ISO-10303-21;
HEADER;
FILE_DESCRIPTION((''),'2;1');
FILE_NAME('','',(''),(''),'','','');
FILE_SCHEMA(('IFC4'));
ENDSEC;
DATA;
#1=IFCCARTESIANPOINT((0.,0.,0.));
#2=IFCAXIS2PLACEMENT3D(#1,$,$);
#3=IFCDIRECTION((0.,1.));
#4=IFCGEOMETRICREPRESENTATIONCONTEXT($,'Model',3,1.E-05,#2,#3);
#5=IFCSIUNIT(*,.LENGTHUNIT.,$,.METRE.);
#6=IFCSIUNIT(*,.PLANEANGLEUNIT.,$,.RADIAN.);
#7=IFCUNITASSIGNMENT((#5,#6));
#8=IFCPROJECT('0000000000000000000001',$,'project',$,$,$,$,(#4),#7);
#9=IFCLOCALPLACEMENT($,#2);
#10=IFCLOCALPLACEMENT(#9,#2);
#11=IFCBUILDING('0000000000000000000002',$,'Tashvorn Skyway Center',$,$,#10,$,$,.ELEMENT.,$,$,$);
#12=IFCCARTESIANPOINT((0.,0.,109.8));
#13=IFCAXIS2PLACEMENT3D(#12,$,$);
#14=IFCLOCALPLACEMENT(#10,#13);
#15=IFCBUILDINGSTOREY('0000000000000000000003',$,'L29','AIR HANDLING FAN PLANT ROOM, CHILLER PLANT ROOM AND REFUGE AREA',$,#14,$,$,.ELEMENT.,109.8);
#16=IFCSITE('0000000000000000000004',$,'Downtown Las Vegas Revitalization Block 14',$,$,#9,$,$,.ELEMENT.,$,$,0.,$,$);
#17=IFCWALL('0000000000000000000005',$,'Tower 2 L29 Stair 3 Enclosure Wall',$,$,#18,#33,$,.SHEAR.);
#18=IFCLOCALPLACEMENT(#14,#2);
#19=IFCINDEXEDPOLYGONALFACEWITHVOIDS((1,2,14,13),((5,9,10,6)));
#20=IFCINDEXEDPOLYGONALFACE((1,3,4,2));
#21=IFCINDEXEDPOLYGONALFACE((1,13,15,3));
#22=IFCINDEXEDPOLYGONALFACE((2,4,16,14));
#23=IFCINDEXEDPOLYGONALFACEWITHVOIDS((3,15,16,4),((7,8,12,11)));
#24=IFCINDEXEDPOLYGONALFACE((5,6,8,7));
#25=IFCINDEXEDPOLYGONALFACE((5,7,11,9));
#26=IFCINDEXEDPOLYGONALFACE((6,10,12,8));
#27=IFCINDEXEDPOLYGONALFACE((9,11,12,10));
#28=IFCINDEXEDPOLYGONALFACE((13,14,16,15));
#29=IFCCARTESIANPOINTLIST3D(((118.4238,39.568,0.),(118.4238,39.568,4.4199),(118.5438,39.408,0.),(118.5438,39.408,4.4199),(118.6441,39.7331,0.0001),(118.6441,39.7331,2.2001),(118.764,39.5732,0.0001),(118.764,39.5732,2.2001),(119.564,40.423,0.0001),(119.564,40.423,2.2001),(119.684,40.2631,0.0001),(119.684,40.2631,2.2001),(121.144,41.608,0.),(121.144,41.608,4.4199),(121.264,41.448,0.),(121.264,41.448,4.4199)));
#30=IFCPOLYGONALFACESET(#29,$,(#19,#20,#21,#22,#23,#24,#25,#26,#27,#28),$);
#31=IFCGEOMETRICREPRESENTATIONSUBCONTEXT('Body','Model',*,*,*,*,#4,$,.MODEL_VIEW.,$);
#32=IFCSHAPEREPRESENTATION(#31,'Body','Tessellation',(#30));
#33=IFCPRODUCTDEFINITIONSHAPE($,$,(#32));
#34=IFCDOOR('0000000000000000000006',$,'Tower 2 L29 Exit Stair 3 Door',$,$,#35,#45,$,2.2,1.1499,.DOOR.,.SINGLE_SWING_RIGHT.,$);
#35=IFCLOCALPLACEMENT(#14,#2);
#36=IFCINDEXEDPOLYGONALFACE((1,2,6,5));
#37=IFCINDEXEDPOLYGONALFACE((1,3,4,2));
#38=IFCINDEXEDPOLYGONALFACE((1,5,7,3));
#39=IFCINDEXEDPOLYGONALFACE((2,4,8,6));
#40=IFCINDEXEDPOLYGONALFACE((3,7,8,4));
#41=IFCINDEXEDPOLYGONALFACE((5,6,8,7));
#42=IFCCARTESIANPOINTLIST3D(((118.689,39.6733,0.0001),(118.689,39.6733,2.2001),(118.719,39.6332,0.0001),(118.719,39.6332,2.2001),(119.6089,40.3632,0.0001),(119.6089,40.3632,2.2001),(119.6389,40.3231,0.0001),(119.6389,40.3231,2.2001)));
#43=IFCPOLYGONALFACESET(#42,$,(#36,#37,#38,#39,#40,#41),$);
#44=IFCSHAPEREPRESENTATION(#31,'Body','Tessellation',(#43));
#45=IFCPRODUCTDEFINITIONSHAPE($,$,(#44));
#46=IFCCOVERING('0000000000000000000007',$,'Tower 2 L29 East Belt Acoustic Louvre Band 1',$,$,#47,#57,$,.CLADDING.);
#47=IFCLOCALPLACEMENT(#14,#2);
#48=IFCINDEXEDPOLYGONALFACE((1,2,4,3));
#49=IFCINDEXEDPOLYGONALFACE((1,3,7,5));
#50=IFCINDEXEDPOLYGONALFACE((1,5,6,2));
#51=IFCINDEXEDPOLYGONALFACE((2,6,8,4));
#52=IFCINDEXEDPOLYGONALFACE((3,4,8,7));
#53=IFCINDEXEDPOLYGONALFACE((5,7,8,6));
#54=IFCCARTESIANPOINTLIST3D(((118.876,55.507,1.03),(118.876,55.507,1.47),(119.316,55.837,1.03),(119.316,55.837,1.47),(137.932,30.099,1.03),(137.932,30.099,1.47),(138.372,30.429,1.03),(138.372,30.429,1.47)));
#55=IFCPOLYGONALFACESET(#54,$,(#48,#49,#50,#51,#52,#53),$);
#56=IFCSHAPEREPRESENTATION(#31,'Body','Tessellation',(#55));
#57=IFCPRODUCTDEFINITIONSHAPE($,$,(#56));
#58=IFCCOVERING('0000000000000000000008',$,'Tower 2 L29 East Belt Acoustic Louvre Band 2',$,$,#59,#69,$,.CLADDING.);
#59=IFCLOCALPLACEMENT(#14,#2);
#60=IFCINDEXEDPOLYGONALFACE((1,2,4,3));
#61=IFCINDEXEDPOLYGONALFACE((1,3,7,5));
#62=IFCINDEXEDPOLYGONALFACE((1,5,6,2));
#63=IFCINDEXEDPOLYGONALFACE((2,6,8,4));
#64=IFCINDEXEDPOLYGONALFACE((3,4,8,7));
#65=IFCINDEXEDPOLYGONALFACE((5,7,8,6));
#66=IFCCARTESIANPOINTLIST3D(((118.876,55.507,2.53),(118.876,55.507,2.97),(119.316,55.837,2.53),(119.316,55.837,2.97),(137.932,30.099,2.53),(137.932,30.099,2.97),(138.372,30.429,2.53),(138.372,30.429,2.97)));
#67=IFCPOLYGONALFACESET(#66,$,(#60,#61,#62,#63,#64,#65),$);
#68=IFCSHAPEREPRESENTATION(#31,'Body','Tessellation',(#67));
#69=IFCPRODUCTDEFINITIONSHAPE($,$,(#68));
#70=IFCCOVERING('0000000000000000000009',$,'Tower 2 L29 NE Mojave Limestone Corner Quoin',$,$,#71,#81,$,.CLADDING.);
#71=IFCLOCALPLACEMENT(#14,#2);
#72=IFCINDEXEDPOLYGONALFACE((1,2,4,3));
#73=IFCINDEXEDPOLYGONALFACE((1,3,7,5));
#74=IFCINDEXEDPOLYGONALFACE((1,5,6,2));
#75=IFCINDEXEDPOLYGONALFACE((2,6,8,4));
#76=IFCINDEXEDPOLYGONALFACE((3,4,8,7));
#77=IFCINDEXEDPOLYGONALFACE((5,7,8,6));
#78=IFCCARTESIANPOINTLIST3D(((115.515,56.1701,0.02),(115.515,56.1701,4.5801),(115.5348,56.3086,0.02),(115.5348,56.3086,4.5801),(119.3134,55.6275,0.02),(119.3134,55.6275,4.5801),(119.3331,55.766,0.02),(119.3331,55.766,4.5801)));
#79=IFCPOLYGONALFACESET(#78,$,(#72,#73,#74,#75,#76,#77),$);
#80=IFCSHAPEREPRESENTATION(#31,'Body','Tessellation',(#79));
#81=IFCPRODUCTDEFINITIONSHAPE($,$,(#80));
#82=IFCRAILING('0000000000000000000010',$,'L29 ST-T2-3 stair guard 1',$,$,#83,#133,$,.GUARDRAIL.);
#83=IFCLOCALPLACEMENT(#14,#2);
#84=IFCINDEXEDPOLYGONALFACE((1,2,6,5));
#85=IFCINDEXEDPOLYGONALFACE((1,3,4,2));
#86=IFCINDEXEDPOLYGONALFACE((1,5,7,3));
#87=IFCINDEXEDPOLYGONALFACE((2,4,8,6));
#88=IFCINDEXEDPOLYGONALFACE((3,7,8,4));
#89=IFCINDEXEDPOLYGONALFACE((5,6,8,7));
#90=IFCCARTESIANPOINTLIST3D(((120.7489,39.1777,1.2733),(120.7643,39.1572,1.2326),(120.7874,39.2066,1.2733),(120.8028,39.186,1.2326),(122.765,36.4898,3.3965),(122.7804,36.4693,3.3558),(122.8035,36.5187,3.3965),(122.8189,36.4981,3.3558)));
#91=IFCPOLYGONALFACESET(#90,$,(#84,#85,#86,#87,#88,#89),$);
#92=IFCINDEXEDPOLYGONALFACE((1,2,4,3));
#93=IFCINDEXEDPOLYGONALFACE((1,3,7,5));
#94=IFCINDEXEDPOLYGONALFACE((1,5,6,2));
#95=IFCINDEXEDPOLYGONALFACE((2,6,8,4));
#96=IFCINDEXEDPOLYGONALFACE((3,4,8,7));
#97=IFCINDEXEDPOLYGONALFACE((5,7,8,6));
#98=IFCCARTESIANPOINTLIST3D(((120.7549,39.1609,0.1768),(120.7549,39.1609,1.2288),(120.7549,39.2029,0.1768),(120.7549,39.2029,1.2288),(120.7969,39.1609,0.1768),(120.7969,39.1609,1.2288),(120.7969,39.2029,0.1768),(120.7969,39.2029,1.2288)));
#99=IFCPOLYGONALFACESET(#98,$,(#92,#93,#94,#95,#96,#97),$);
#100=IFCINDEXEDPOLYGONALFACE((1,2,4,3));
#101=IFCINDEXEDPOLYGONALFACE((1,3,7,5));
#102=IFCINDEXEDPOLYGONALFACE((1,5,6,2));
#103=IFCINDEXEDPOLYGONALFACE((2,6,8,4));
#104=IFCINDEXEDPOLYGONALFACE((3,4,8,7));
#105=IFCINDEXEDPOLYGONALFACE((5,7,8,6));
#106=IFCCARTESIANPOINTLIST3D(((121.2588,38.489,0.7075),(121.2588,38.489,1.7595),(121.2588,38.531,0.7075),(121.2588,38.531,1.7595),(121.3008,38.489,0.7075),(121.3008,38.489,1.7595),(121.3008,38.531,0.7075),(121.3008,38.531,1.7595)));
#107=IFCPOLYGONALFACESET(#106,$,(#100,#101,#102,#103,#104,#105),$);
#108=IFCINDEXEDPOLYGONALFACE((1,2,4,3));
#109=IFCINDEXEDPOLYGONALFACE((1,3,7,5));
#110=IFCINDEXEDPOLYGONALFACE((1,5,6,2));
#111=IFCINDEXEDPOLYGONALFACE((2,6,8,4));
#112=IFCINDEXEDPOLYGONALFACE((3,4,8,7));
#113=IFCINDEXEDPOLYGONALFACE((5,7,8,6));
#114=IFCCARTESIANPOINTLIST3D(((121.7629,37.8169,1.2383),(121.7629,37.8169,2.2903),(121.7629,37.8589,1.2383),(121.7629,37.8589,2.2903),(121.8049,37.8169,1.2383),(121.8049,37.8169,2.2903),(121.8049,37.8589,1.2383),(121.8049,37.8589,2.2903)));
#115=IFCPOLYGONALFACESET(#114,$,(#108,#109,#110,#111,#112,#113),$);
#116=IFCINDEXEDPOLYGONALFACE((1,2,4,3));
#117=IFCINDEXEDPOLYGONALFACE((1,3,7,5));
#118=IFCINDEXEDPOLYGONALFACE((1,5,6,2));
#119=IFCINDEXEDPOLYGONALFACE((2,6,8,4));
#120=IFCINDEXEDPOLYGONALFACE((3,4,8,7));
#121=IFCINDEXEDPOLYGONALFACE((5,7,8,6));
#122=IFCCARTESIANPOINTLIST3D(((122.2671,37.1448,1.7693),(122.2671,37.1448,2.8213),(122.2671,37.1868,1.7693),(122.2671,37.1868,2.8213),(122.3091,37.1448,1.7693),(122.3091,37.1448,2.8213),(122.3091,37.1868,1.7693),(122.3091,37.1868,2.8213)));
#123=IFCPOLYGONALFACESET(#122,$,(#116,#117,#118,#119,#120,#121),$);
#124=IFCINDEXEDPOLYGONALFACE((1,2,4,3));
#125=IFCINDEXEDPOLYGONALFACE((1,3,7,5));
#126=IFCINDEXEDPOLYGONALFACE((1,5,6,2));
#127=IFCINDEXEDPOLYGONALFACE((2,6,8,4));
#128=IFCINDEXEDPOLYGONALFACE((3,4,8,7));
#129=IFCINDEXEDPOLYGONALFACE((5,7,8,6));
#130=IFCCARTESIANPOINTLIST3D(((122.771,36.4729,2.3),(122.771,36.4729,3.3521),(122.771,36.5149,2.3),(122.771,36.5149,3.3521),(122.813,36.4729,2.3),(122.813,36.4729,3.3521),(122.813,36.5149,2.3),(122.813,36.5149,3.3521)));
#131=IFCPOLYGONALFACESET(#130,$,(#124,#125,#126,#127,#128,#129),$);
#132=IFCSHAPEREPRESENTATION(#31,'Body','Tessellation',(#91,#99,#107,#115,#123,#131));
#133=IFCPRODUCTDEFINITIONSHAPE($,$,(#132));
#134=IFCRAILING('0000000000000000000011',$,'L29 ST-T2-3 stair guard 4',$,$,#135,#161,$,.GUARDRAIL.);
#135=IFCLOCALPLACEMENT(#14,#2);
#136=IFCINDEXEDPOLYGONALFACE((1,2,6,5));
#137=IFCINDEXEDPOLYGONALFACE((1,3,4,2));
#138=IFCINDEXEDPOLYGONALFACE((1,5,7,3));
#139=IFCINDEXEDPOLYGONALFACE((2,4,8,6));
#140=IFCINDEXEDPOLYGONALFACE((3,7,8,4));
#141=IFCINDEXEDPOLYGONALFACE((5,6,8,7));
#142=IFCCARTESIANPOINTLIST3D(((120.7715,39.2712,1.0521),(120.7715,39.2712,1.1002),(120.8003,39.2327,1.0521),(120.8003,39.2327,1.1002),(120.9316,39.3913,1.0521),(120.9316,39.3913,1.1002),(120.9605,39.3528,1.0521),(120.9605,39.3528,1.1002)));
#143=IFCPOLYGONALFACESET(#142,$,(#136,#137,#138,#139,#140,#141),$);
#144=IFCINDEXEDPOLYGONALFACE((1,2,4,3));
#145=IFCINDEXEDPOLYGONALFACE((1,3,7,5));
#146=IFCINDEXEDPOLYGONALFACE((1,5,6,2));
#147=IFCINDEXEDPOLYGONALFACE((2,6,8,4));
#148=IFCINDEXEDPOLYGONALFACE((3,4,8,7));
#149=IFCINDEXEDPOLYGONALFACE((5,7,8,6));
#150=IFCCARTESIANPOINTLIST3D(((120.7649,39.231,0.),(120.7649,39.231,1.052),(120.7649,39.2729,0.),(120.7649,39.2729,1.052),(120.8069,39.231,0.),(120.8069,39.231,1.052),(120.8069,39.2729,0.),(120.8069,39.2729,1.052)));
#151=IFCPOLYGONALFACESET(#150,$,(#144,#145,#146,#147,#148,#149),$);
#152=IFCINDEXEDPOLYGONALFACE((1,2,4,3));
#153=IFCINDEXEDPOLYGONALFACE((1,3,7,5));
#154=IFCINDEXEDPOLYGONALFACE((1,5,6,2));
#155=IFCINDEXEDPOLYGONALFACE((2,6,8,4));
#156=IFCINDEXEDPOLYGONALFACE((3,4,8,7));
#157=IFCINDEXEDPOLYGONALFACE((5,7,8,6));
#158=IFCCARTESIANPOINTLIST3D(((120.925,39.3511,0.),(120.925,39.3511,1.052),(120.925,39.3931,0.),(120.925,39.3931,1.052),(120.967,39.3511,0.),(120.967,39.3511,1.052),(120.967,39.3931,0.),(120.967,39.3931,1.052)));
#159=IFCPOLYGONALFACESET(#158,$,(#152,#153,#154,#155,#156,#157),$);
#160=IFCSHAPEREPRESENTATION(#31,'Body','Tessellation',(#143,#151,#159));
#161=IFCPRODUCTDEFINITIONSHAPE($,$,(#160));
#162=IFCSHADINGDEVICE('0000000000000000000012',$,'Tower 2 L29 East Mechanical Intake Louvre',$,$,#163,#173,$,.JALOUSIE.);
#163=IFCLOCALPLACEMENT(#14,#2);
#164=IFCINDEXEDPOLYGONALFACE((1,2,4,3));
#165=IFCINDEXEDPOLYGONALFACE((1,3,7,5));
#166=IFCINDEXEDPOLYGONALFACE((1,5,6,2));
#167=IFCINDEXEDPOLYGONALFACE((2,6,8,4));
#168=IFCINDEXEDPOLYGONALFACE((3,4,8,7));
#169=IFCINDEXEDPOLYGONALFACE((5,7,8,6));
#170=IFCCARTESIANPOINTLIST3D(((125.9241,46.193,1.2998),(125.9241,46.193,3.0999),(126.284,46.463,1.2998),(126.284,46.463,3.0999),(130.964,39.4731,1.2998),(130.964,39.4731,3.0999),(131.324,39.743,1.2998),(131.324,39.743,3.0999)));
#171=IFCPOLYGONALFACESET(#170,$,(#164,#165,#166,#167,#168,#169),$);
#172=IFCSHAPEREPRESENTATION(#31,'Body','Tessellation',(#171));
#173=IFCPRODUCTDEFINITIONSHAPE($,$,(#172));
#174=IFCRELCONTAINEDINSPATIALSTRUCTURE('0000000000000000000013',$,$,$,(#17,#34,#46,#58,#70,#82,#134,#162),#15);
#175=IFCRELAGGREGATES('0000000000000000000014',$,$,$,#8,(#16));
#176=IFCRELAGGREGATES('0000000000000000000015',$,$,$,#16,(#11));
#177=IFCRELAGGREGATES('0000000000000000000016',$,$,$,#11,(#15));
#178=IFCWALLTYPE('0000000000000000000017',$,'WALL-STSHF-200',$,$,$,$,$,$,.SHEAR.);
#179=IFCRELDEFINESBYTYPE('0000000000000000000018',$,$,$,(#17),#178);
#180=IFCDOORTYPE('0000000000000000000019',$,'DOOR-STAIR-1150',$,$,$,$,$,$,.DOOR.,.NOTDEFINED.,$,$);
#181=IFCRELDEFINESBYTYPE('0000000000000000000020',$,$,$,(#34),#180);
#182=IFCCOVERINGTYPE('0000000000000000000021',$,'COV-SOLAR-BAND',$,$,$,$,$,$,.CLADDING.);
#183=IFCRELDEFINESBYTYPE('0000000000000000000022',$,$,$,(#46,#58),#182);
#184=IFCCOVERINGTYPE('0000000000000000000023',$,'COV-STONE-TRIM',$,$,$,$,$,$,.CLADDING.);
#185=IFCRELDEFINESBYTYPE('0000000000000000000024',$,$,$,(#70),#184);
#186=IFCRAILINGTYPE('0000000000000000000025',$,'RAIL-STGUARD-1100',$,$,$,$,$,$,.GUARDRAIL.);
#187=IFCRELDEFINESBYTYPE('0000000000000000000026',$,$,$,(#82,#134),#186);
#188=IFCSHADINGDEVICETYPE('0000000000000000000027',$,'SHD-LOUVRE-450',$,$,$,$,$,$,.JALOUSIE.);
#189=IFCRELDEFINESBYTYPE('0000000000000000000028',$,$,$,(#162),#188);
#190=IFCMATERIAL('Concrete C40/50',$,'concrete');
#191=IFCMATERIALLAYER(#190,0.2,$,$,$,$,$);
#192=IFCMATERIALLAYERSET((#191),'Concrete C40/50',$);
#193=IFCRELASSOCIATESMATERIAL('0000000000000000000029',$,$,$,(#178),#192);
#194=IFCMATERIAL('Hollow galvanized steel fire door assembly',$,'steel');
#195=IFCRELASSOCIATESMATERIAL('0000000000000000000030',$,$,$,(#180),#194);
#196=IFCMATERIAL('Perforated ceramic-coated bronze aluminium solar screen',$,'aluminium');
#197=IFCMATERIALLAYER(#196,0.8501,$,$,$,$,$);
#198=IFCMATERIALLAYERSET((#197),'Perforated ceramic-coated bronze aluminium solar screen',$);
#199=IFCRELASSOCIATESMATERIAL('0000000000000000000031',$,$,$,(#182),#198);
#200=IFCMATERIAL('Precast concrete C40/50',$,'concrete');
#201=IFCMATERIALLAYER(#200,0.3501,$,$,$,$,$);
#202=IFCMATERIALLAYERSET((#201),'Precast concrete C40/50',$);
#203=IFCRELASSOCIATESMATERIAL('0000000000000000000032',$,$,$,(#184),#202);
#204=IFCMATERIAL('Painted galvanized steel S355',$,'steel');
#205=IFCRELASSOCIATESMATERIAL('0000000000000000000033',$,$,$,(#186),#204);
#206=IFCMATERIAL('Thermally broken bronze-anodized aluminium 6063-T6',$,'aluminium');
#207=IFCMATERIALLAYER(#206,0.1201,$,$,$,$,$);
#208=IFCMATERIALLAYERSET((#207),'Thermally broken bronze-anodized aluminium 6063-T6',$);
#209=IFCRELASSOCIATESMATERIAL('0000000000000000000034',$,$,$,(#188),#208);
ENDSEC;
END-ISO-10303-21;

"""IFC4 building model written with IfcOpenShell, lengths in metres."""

from ifc_helpers import new_model, si_unit, direction, frame, frame_2d, origin, origin_2d, place, context, subcontext, project, spatial, rectangle, extrude, material, layer, layer_set, type_object, element, fill, save


model = new_model("IFC4")

# Units and contexts
model_context = context("Model", 3, precision=1e-05, world=origin(), true_north=direction((0.0, 1.0)))
body_context = subcontext(model_context, "Body", "Model", "MODEL_VIEW")
ifc_project = project(units=[si_unit("LENGTHUNIT", "METRE"), si_unit("PLANEANGLEUNIT", "RADIAN")], contexts=[model_context])

# Site, building, storey
site_placement = place(None, origin())
site = spatial("IfcSite", under=ifc_project, at=site_placement, Name="Downtown Las Vegas Revitalization Block 14", CompositionType="ELEMENT", RefElevation=0.0)
building_placement = place(site_placement, origin())
building = spatial("IfcBuilding", under=site, at=building_placement, Name="Tashvorn Skyway Center", CompositionType="ELEMENT")
storey_placement = place(building_placement, frame((0.0, 0.0, 109.8)))
storey = spatial("IfcBuildingStorey", under=building, at=storey_placement, Name="L29", Description="AIR HANDLING FAN PLANT ROOM, CHILLER PLANT ROOM AND REFUGE AREA", CompositionType="ELEMENT", Elevation=109.8)

# Shared definitions
ifc_material_1 = material(Name="Precast concrete C40/50", Category="concrete")

# Shared definitions
ifc_material_2 = material(Name="Concrete C40/50", Category="concrete")
ifc_material_3 = material(Name="Hollow galvanized steel fire door assembly", Category="steel")

# Wall, opening, door
ifc_layer_1 = layer(ifc_material_2, 0.2)
ifc_layer_set_1 = layer_set([ifc_layer_1], Name="Concrete C40/50")
wall_type_1 = type_object("IfcWallType", Name="WALL-STSHF-200", PredefinedType="SHEAR", material=ifc_layer_set_1)
wall_1_placement = place(storey_placement, frame((121.2041, 41.5281, 0.0), z_axis=(0.0, 0.0, 1.0), x_axis=(-0.800017, -0.599977, 0.0)))
wall_1 = element("IfcWall", 1, at=wall_1_placement, inside=storey, type_object=wall_type_1, Name="Tower 2 L29 Stair 3 Enclosure Wall", PredefinedType="SHEAR", context=body_context, shape_type="SweptSolid", body=[
    extrude(rectangle(XDim=3.4001, YDim=0.2, at=frame_2d((1.7002, 0.0))), origin(), (0.0, 0.0, 1.0), 4.4199),
])
opening_1_placement = place(wall_1_placement, frame((1.9751, 0.0, 0.0)))
opening_1 = element("IfcOpeningElement", 2, at=opening_1_placement, cuts=wall_1, PredefinedType="OPENING", context=body_context, shape_type="SweptSolid", body=[
    extrude(rectangle(XDim=1.1499, YDim=2.2, at=frame_2d((0.575, 1.1001))), frame((0.0, 0.1099, 0.0), z_axis=(0.0, -1.0, 0.0), x_axis=(1.0, 0.0, 0.0)), (0.0, 0.0, 1.0), 0.22),
])
door_type_1 = type_object("IfcDoorType", Name="DOOR-STAIR-1150", OperationType="NOTDEFINED", PredefinedType="DOOR", material=ifc_material_3)
door_1_placement = place(opening_1_placement, origin())
door_1 = element("IfcDoor", 3, at=door_1_placement, inside=storey, type_object=door_type_1, Name="Tower 2 L29 Exit Stair 3 Door", OperationType="SINGLE_SWING_RIGHT", OverallHeight=2.2, OverallWidth=1.1499, PredefinedType="DOOR", context=body_context, shape_type="SweptSolid", body=[
    extrude(rectangle(XDim=1.1499, YDim=2.2, at=frame_2d((0.575, 1.1001))), frame((0.0, 0.0249, 0.0), z_axis=(0.0, -1.0, 0.0), x_axis=(1.0, 0.0, 0.0)), (0.0, 0.0, 1.0), 0.05),
])
fill(opening_1, door_1)

# Coverings
ifc_material_4 = material(Name="Perforated ceramic-coated bronze aluminium solar screen", Category="aluminium")
ifc_layer_2 = layer(ifc_material_4, 0.8501)
ifc_layer_set_2 = layer_set([ifc_layer_2], Name="Perforated ceramic-coated bronze aluminium solar screen")
covering_type_1 = type_object("IfcCoveringType", Name="COV-SOLAR-BAND", PredefinedType="CLADDING", material=ifc_layer_set_2)
for number, where, z_axis, x_axis, name in (
    (4, (128.624, 42.968, 1.03), (0.0, 0.0, 1.0), (0.6, -0.8, 0.0), "Tower 2 L29 East Belt Acoustic Louvre Band 1"),
    (5, (128.624, 42.968, 2.53), (0.0, 0.0, 1.0), (0.6, -0.8, 0.0), "Tower 2 L29 East Belt Acoustic Louvre Band 2"),
):
    element("IfcCovering", number, at=place(storey_placement, frame(where, z_axis=z_axis, x_axis=x_axis)), inside=storey, type_object=covering_type_1, Name=name, PredefinedType="CLADDING", context=body_context, shape_type="SweptSolid", body=[
        extrude(rectangle(XDim=31.76, YDim=0.55, at=origin_2d()), origin(), (0.0, 0.0, 1.0), 0.4399),
    ])
ifc_layer_3 = layer(ifc_material_1, 0.3501)
ifc_layer_set_3 = layer_set([ifc_layer_3], Name="Precast concrete C40/50")
covering_type_2 = type_object("IfcCoveringType", Name="COV-STONE-TRIM", PredefinedType="CLADDING", material=ifc_layer_set_3)
covering_placement = place(storey_placement, frame((117.4241, 55.968, 0.02), z_axis=(0.0, 0.0, 1.0), x_axis=(0.989949, -0.141421, 0.0)))
element("IfcCovering", 6, at=covering_placement, inside=storey, type_object=covering_type_2, Name="Tower 2 L29 NE Mojave Limestone Corner Quoin", PredefinedType="CLADDING", context=body_context, shape_type="SweptSolid", body=[
    extrude(rectangle(XDim=3.8369, YDim=0.1399, at=origin_2d()), origin(), (0.0, 0.0, 1.0), 4.5601),
])

# Railings
ifc_material_5 = material(Name="Painted galvanized steel S355", Category="steel")
railing_type = type_object("IfcRailingType", Name="RAIL-STGUARD-1100", PredefinedType="GUARDRAIL", material=ifc_material_5)
railing_1_placement = place(storey_placement, frame((120.7759, 39.1819, 0.1768)))
element("IfcRailing", 7, at=railing_1_placement, inside=storey, type_object=railing_type, Name="L29 ST-T2-3 stair guard 1", PredefinedType="GUARDRAIL", context=body_context, shape_type="SweptSolid", body=[
    extrude(rectangle(XDim=0.0481, YDim=0.0481, at=origin_2d()), frame((0.0, 0.0, 1.0762), z_axis=(0.507235, -0.676272, 0.5342), x_axis=(0.799983, 0.600023, 0.0)), (0.0, 0.0, 1.0), 3.9746),
    extrude(rectangle(XDim=0.042, YDim=0.042, at=origin_2d()), origin(), (0.0, 0.0, 1.0), 1.052),
    extrude(rectangle(XDim=0.042, YDim=0.042, at=origin_2d()), frame((0.5039, -0.6719, 0.5308)), (0.0, 0.0, 1.0), 1.052),
    extrude(rectangle(XDim=0.042, YDim=0.042, at=origin_2d()), frame((1.0081, -1.344, 1.0615)), (0.0, 0.0, 1.0), 1.052),
    extrude(rectangle(XDim=0.042, YDim=0.042, at=origin_2d()), frame((1.5122, -2.0161, 1.5925)), (0.0, 0.0, 1.0), 1.052),
    extrude(rectangle(XDim=0.042, YDim=0.042, at=origin_2d()), frame((2.0161, -2.688, 2.1233)), (0.0, 0.0, 1.0), 1.052),
])
railing_2_placement = place(storey_placement, frame((120.7859, 39.252, 0.0)))
element("IfcRailing", 8, at=railing_2_placement, inside=storey, type_object=railing_type, Name="L29 ST-T2-3 stair guard 4", PredefinedType="GUARDRAIL", context=body_context, shape_type="SweptSolid", body=[
    extrude(rectangle(XDim=0.0481, YDim=0.0481, at=origin_2d()), frame((0.0, 0.0, 1.0762), z_axis=(0.8, 0.6, 0.0), x_axis=(-0.6, 0.8, 0.0)), (0.0, 0.0, 1.0), 0.2002),
    extrude(rectangle(XDim=0.042, YDim=0.042, at=origin_2d()), origin(), (0.0, 0.0, 1.0), 1.052),
    extrude(rectangle(XDim=0.042, YDim=0.042, at=origin_2d()), frame((0.1602, 0.1201, 0.0)), (0.0, 0.0, 1.0), 1.052),
])

# Shading device
ifc_material_6 = material(Name="Thermally broken bronze-anodized aluminium 6063-T6", Category="aluminium")
ifc_layer_4 = layer(ifc_material_6, 0.1201)
ifc_layer_set_4 = layer_set([ifc_layer_4], Name="Thermally broken bronze-anodized aluminium 6063-T6")
shading_device_type = type_object("IfcShadingDeviceType", Name="SHD-LOUVRE-450", PredefinedType="JALOUSIE", material=ifc_layer_set_4)
shading_device_placement = place(storey_placement, frame((128.624, 42.968, 1.2998), z_axis=(0.0, 0.0, 1.0), x_axis=(0.6, -0.8, 0.0)))
element("IfcShadingDevice", 9, at=shading_device_placement, inside=storey, type_object=shading_device_type, Name="Tower 2 L29 East Mechanical Intake Louvre", PredefinedType="JALOUSIE", context=body_context, shape_type="SweptSolid", body=[
    extrude(rectangle(XDim=8.3999, YDim=0.45, at=origin_2d()), origin(), (0.0, 0.0, 1.0), 1.8),
])

save(model, "model.ifc")
